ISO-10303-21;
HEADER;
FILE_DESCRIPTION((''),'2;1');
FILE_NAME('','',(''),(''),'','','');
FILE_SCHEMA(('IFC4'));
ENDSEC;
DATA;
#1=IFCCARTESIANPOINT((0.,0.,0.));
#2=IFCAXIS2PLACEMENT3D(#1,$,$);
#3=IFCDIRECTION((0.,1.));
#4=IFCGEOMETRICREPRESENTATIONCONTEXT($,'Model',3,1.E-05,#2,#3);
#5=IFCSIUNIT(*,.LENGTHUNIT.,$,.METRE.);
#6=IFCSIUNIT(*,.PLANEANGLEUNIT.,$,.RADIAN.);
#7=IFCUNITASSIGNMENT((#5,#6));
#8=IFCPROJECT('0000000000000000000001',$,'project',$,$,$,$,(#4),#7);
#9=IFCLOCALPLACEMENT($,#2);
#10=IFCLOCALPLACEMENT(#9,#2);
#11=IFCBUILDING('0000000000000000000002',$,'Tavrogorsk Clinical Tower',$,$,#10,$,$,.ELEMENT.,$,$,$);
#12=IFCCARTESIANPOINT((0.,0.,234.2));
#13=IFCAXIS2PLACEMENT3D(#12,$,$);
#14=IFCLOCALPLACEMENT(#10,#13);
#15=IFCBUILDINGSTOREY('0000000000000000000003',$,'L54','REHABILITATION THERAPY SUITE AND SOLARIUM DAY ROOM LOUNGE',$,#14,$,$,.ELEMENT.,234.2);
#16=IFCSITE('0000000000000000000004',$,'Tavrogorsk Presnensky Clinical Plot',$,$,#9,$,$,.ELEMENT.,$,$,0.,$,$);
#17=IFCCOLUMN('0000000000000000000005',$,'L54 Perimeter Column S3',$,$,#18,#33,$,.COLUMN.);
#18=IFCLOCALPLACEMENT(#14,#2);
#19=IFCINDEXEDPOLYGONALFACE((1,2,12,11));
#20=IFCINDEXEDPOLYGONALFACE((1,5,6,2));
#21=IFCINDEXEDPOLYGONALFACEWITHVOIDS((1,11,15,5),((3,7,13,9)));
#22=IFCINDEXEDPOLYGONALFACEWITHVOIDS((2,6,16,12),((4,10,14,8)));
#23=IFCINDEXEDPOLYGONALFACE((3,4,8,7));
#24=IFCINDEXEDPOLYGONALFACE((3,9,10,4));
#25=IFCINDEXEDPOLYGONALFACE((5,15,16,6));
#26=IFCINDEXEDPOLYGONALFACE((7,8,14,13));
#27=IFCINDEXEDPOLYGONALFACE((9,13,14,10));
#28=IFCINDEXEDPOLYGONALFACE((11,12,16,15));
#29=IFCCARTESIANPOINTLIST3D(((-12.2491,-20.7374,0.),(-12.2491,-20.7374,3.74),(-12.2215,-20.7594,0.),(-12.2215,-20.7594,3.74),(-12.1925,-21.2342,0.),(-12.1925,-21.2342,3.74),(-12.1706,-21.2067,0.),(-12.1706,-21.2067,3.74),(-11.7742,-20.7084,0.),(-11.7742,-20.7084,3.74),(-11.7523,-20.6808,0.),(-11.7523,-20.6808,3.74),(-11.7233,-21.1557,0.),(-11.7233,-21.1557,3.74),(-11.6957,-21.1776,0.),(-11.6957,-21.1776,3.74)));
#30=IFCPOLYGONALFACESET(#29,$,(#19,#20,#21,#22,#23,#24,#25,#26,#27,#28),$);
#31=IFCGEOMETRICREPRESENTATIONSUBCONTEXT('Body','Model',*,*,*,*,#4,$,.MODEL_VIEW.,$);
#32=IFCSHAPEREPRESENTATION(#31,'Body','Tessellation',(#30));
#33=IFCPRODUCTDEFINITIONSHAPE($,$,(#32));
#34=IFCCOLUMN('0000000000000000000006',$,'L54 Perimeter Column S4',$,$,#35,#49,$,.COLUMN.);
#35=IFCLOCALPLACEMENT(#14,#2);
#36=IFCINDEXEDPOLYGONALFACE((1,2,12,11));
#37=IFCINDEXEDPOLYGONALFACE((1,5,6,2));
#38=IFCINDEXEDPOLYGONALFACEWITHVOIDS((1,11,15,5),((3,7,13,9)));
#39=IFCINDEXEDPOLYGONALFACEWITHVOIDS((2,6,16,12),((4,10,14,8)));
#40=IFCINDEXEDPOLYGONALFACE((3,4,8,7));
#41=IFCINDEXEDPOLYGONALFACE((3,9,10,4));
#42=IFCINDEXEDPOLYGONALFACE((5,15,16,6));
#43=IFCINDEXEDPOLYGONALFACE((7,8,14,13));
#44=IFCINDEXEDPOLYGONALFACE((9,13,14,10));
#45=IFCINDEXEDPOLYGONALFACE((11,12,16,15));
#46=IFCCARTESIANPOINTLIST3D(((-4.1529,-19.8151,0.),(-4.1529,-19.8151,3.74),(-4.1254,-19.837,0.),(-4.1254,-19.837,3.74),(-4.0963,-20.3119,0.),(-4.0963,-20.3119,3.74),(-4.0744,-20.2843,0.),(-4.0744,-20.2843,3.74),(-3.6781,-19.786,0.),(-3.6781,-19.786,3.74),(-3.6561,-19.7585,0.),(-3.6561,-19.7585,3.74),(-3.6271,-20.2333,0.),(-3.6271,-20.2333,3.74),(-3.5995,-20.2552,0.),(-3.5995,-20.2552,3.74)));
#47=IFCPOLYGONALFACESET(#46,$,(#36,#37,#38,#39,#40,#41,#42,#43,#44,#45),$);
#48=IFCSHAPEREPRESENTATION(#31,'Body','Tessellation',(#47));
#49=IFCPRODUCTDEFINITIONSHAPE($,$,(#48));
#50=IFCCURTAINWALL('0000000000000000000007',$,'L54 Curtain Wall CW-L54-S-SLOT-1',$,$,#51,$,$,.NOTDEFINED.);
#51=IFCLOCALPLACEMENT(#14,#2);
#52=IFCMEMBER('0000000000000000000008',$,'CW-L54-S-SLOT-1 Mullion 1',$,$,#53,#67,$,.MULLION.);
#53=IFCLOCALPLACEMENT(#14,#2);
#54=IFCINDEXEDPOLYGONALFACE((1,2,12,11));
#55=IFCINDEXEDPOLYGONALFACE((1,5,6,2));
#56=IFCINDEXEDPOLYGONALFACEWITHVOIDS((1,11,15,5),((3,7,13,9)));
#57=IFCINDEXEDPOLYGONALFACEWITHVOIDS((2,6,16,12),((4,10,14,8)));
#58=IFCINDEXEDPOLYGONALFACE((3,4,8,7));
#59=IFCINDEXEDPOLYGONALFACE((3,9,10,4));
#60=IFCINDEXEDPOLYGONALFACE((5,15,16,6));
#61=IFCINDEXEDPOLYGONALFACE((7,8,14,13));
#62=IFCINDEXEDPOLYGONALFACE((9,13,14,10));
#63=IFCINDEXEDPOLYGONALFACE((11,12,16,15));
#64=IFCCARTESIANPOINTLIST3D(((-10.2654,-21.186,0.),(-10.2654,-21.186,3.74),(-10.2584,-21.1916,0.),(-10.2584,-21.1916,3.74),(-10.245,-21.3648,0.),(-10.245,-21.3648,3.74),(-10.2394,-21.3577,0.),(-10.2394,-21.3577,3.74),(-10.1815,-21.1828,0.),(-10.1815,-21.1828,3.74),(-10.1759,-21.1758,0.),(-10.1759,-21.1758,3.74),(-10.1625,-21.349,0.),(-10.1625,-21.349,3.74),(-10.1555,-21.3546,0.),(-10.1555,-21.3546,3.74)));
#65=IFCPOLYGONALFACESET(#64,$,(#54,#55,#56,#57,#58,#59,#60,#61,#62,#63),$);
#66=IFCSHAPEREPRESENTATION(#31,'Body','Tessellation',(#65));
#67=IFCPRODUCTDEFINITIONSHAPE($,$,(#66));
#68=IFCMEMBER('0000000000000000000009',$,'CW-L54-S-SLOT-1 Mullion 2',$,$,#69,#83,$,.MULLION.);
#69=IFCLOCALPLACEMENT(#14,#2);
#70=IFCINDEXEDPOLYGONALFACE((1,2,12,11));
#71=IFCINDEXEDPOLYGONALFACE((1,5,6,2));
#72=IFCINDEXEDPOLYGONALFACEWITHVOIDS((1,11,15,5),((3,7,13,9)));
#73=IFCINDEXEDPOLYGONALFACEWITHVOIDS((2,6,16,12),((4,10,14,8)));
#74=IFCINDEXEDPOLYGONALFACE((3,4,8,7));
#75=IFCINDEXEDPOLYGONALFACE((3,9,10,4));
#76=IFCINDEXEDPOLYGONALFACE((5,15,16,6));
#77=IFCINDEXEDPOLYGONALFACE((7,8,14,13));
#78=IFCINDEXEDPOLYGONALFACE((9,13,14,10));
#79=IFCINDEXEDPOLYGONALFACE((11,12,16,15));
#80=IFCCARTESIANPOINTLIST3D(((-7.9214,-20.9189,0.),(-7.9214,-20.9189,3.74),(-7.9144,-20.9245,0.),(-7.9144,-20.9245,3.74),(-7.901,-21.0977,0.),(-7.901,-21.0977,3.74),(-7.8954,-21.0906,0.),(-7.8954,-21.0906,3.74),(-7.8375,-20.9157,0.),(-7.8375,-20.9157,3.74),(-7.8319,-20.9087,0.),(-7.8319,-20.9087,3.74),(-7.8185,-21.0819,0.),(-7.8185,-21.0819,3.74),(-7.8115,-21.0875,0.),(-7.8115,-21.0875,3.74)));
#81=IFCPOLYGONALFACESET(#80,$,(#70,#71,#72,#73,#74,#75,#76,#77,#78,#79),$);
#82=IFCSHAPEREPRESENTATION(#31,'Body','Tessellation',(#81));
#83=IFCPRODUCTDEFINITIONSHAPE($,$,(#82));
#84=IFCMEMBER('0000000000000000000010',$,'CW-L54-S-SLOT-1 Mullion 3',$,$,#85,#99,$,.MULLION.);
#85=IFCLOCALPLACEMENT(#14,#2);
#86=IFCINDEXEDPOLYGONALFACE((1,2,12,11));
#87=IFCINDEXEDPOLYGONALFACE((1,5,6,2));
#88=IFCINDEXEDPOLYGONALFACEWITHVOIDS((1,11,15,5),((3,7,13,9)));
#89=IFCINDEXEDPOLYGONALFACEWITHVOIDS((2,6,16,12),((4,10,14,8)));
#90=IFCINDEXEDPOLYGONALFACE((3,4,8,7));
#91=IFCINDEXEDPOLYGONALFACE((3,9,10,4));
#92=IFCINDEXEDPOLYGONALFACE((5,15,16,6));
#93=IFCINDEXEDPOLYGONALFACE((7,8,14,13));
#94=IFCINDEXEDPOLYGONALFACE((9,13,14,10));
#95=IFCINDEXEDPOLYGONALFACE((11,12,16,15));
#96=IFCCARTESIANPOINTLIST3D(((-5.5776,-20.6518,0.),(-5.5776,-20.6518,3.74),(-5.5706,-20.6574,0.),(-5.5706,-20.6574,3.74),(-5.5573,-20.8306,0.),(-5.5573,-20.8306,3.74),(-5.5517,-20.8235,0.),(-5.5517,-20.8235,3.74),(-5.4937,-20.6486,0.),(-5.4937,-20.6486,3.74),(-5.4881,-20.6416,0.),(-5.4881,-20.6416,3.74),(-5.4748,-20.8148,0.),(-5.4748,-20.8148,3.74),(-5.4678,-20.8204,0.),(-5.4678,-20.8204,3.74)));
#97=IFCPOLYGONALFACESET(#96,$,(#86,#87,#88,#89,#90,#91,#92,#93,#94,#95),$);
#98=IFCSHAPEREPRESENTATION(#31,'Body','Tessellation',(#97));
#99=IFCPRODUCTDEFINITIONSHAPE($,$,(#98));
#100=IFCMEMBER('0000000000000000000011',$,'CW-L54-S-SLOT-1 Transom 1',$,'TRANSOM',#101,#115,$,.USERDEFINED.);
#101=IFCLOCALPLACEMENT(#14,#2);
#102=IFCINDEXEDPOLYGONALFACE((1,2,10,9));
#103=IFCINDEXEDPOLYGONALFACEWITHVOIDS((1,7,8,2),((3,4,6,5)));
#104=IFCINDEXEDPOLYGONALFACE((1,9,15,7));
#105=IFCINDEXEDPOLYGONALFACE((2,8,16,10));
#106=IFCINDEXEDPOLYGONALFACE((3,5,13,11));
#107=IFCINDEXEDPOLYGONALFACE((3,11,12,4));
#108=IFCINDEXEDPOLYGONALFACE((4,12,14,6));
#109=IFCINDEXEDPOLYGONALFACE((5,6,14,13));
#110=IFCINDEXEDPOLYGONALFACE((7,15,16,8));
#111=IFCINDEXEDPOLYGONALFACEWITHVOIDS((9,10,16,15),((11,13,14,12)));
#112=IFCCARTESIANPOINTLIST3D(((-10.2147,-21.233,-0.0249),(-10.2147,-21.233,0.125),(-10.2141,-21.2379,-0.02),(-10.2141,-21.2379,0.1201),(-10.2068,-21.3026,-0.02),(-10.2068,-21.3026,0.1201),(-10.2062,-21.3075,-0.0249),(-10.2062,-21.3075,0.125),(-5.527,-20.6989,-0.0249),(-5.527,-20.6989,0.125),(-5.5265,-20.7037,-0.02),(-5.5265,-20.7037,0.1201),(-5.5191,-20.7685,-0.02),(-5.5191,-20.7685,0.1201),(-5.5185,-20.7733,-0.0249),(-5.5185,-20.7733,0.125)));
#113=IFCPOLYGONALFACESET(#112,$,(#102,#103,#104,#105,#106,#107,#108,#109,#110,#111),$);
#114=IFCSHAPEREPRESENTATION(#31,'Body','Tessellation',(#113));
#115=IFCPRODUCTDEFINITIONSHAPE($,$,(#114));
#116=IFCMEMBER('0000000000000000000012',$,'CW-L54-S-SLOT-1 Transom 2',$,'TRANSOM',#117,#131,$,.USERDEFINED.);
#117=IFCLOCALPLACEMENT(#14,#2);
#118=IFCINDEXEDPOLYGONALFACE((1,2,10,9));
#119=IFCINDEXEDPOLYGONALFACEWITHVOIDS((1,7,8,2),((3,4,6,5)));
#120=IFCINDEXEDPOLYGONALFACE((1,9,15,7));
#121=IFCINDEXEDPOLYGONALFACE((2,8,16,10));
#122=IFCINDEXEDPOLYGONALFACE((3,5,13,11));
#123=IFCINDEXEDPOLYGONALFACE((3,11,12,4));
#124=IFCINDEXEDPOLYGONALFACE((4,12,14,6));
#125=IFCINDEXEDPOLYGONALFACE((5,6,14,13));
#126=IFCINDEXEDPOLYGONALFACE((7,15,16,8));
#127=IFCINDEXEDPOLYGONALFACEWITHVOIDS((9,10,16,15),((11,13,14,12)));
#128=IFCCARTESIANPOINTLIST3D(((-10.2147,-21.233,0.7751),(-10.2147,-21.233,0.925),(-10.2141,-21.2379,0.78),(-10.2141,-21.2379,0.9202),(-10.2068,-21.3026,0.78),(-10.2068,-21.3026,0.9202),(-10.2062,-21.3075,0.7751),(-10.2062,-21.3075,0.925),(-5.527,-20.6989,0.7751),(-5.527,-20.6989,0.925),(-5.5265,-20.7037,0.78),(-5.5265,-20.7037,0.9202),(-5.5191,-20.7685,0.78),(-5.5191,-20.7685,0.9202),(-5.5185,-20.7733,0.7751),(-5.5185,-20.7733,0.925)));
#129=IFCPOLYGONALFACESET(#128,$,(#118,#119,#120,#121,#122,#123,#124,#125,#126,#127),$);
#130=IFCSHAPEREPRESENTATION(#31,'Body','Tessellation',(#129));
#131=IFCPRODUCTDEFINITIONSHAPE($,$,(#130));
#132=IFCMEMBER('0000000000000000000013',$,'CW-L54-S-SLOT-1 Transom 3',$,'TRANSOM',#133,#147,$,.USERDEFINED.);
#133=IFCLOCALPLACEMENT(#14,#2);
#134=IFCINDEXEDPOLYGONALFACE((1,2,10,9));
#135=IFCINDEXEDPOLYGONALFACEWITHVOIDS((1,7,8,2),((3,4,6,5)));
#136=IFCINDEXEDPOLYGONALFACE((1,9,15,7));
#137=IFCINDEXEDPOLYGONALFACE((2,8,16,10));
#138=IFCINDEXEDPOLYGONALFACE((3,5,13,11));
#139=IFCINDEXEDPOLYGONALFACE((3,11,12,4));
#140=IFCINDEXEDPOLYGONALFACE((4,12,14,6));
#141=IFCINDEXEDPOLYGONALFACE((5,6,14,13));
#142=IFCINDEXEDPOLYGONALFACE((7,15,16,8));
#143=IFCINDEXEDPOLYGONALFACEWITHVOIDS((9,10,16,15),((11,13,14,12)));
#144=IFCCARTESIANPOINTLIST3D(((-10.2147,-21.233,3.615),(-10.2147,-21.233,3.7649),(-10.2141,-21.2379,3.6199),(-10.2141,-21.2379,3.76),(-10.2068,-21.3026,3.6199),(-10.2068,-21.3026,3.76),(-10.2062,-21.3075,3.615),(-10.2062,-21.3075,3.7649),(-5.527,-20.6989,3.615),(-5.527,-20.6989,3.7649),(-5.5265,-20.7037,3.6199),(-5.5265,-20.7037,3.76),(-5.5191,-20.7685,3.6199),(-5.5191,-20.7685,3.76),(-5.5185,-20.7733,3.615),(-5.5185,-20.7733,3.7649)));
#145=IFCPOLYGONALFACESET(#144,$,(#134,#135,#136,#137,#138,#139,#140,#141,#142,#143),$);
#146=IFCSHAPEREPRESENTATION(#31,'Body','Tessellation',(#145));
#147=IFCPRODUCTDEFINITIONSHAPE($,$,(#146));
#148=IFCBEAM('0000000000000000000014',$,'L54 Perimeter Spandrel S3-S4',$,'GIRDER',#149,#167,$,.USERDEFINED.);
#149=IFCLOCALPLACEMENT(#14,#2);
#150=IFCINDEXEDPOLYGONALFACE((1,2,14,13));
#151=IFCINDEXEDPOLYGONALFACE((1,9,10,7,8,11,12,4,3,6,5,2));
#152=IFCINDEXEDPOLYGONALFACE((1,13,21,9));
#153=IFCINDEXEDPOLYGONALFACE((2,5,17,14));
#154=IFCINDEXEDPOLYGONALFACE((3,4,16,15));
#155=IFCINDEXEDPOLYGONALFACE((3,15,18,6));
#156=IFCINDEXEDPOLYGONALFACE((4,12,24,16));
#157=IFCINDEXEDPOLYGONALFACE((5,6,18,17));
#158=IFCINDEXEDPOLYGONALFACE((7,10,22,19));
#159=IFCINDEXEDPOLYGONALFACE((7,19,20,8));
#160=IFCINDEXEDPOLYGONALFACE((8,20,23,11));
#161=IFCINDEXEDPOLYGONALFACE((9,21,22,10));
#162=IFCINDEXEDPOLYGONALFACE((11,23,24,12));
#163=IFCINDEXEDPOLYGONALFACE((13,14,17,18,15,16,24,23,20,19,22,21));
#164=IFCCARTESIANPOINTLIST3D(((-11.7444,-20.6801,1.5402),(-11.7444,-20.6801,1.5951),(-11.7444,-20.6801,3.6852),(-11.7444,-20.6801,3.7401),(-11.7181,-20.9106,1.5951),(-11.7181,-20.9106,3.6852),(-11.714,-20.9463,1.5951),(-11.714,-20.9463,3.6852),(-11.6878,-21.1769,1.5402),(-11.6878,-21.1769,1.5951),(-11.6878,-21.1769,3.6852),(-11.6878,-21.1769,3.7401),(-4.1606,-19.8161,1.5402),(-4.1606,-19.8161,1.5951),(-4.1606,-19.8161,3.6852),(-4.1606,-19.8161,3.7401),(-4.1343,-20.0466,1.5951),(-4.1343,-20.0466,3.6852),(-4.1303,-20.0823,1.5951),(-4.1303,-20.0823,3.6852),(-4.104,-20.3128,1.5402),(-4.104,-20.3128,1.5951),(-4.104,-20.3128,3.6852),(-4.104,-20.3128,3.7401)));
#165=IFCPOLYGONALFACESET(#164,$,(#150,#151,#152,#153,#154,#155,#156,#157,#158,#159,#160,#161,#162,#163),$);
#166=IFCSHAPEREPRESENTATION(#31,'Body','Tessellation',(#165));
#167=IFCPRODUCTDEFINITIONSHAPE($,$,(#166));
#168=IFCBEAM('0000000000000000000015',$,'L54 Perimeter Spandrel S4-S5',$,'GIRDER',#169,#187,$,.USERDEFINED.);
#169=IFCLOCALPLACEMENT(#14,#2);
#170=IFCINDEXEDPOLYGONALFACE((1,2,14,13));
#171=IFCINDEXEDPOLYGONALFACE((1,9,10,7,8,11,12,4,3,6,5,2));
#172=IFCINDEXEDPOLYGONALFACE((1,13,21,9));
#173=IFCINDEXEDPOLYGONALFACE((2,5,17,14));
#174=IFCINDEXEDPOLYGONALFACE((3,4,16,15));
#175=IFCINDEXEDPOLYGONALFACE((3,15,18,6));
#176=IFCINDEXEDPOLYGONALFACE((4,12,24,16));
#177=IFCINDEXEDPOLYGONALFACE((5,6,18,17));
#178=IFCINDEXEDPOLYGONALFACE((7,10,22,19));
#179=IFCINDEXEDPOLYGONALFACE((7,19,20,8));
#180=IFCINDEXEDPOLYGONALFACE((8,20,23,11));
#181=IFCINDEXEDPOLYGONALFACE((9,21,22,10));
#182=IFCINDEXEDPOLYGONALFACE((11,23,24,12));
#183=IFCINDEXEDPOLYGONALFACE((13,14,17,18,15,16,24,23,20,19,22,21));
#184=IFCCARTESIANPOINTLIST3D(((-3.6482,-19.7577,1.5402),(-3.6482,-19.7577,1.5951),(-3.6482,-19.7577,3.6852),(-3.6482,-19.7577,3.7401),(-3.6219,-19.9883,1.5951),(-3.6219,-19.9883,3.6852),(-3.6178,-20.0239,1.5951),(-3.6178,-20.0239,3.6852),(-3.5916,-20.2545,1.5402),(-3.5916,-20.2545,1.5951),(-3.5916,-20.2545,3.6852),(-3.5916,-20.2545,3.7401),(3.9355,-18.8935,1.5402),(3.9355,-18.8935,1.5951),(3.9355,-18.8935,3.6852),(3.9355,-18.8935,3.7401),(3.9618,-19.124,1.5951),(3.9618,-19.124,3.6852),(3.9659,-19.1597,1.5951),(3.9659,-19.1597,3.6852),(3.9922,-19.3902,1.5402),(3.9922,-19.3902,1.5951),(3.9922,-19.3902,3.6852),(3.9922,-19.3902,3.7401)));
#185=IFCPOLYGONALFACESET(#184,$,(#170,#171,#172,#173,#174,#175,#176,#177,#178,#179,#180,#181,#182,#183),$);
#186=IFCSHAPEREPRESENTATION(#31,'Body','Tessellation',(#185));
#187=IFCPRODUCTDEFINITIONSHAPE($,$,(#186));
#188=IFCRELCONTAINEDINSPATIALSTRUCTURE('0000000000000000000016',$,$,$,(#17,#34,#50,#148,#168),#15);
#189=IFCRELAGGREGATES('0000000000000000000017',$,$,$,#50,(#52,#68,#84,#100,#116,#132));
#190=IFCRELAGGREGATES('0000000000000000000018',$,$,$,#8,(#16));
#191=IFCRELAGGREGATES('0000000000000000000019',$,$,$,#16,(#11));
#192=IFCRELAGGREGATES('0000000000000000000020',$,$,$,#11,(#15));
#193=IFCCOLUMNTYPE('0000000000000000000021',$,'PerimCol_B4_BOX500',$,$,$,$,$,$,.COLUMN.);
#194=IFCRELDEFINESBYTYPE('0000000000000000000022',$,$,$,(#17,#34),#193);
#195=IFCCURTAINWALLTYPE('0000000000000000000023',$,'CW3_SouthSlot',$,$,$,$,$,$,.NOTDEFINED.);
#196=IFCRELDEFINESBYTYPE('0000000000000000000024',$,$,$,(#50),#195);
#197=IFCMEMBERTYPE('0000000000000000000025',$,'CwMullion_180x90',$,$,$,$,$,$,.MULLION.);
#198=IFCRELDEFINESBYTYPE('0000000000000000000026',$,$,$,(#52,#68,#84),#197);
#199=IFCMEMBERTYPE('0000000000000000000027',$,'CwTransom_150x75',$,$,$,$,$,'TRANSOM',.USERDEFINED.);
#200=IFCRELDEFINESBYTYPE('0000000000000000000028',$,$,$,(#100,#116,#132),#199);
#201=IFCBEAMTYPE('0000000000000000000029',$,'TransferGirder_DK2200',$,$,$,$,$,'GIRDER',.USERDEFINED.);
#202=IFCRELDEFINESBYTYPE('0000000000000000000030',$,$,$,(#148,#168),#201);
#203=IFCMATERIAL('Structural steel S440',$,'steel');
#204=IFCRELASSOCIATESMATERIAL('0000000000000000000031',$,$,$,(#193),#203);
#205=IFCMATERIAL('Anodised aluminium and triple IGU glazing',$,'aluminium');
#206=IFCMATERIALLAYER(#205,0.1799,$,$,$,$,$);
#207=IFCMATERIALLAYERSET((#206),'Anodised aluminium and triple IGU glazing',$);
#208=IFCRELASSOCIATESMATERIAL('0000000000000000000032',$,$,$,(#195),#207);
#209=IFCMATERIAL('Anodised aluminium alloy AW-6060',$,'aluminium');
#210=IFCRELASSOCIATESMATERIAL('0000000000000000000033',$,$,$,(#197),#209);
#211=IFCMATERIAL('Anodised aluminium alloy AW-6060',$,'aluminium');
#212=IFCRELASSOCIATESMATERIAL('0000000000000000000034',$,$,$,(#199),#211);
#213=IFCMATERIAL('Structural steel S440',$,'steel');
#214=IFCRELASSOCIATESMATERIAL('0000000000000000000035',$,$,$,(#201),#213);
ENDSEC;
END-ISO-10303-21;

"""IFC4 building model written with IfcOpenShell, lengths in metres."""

from ifc_helpers import new_model, si_unit, direction, frame, origin, origin_2d, place, context, subcontext, project, spatial, hollow_rectangle, i_section, extrude, material, layer, layer_set, material_profile, profile_set, type_object, element, aggregate, save


model = new_model("IFC4")

# Units and contexts
model_context = context("Model", 3, precision=1e-05, world=origin(), true_north=direction((0.0, 1.0)))
body_context = subcontext(model_context, "Body", "Model", "MODEL_VIEW")
ifc_project = project(units=[si_unit("LENGTHUNIT", "METRE"), si_unit("PLANEANGLEUNIT", "RADIAN")], contexts=[model_context])

# Site, building, storey
site_placement = place(None, origin())
site = spatial("IfcSite", under=ifc_project, at=site_placement, Name="Tavrogorsk Presnensky Clinical Plot", CompositionType="ELEMENT", RefElevation=0.0)
building_placement = place(site_placement, origin())
building = spatial("IfcBuilding", under=site, at=building_placement, Name="Tavrogorsk Clinical Tower", CompositionType="ELEMENT")
storey_placement = place(building_placement, frame((0.0, 0.0, 234.2)))
storey = spatial("IfcBuildingStorey", under=building, at=storey_placement, Name="L54", Description="REHABILITATION THERAPY SUITE AND SOLARIUM DAY ROOM LOUNGE", CompositionType="ELEMENT", Elevation=234.2)

# Columns
ifc_material_1 = material(Name="Structural steel S440", Category="steel")
ifc_material_profile_1 = material_profile(ifc_material_1, hollow_rectangle(XDim=0.5, YDim=0.5, WallThickness=0.0249, at=origin_2d()), Name="BOX-500x500x25")
ifc_profile_set_1 = profile_set([ifc_material_profile_1], Name="Structural steel S440")
column_type = type_object("IfcColumnType", Name="PerimCol_B4_BOX500", PredefinedType="COLUMN", material=ifc_profile_set_1)
for number, where, z_axis, x_axis, name in (
    (1, (-11.9724, -20.9575, 0.0), (0.0, 0.0, 1.0), (0.993572, 0.113203, 0.0), "L54 Perimeter Column S3"),
    (2, (-3.8762, -20.0352, 0.0), (0.0, 0.0, 1.0), (0.993572, 0.113203, 0.0), "L54 Perimeter Column S4"),
):
    element("IfcColumn", number, at=place(storey_placement, frame(where, z_axis=z_axis, x_axis=x_axis)), inside=storey, type_object=column_type, Name=name, PredefinedType="COLUMN", context=body_context, shape_type="SweptSolid", body=[
        extrude(hollow_rectangle(XDim=0.5, YDim=0.5, WallThickness=0.0249, at=origin_2d()), origin(), (0.0, 0.0, 1.0), 3.74),
    ])

# Curtain wall, members
ifc_material_2 = material(Name="Anodised aluminium and triple IGU glazing", Category="aluminium")
ifc_layer_1 = layer(ifc_material_2, 0.1799)
ifc_layer_set_1 = layer_set([ifc_layer_1], Name="Anodised aluminium and triple IGU glazing")
curtain_wall_type = type_object("IfcCurtainWallType", Name="CW3_SouthSlot", PredefinedType="NOTDEFINED", material=ifc_layer_set_1)
curtain_wall_placement = place(storey_placement, origin())
curtain_wall = element("IfcCurtainWall", 3, at=curtain_wall_placement, inside=storey, type_object=curtain_wall_type, Name="L54 Curtain Wall CW-L54-S-SLOT-1", PredefinedType="NOTDEFINED")
ifc_material_3 = material(Name="Anodised aluminium alloy AW-6060", Category="aluminium")
ifc_material_profile_2 = material_profile(ifc_material_3, hollow_rectangle(XDim=0.0901, YDim=0.1799, WallThickness=0.0063, at=origin_2d()), Name="RHS-180x90x6.3")
ifc_profile_set_2 = profile_set([ifc_material_profile_2], Name="Anodised aluminium alloy AW-6060")
member_type_1 = type_object("IfcMemberType", Name="CwMullion_180x90", PredefinedType="MULLION", material=ifc_profile_set_2)
member_1_placement = place(storey_placement, frame((-10.2104, -21.2703, 0.0), z_axis=(0.0, 0.0, 1.0), x_axis=(0.993572, 0.113203, 0.0)))
member_1 = element("IfcMember", 4, at=member_1_placement, type_object=member_type_1, Name="CW-L54-S-SLOT-1 Mullion 1", PredefinedType="MULLION", context=body_context, shape_type="SweptSolid", body=[
    extrude(hollow_rectangle(XDim=0.0901, YDim=0.1799, WallThickness=0.0063, at=origin_2d()), origin(), (0.0, 0.0, 1.0), 3.74),
])
member_2_placement = place(storey_placement, frame((-7.8665, -21.0032, 0.0), z_axis=(0.0, 0.0, 1.0), x_axis=(0.993572, 0.113203, 0.0)))
member_2 = element("IfcMember", 5, at=member_2_placement, type_object=member_type_1, Name="CW-L54-S-SLOT-1 Mullion 2", PredefinedType="MULLION", context=body_context, shape_type="SweptSolid", body=[
    extrude(hollow_rectangle(XDim=0.0901, YDim=0.1799, WallThickness=0.0063, at=origin_2d()), origin(), (0.0, 0.0, 1.0), 3.74),
])
member_3_placement = place(storey_placement, frame((-5.5227, -20.7361, 0.0), z_axis=(0.0, 0.0, 1.0), x_axis=(0.993572, 0.113203, 0.0)))
member_3 = element("IfcMember", 6, at=member_3_placement, type_object=member_type_1, Name="CW-L54-S-SLOT-1 Mullion 3", PredefinedType="MULLION", context=body_context, shape_type="SweptSolid", body=[
    extrude(hollow_rectangle(XDim=0.0901, YDim=0.1799, WallThickness=0.0063, at=origin_2d()), origin(), (0.0, 0.0, 1.0), 3.74),
])
ifc_material_4 = material(Name="Anodised aluminium alloy AW-6060", Category="aluminium")
ifc_material_profile_3 = material_profile(ifc_material_4, hollow_rectangle(XDim=0.075, YDim=0.1499, WallThickness=0.0049, at=origin_2d()), Name="RHS-150x75x5")
ifc_profile_set_3 = profile_set([ifc_material_profile_3], Name="Anodised aluminium alloy AW-6060")
member_type_2 = type_object("IfcMemberType", Name="CwTransom_150x75", ElementType="TRANSOM", PredefinedType="USERDEFINED", material=ifc_profile_set_3)
member_4_placement = place(storey_placement, frame((-10.2104, -21.2703, 0.05), z_axis=(0.99357, 0.11322, 0.0), x_axis=(-0.11322, 0.99357, 0.0)))
member_4 = element("IfcMember", 7, at=member_4_placement, type_object=member_type_2, Name="CW-L54-S-SLOT-1 Transom 1", ObjectType="TRANSOM", PredefinedType="USERDEFINED", context=body_context, shape_type="SweptSolid", body=[
    extrude(hollow_rectangle(XDim=0.075, YDim=0.1499, WallThickness=0.0049, at=origin_2d()), origin(), (0.0, 0.0, 1.0), 4.718),
])
member_5_placement = place(storey_placement, frame((-10.2104, -21.2703, 0.8501), z_axis=(0.99357, 0.11322, 0.0), x_axis=(-0.11322, 0.99357, 0.0)))
member_5 = element("IfcMember", 8, at=member_5_placement, type_object=member_type_2, Name="CW-L54-S-SLOT-1 Transom 2", ObjectType="TRANSOM", PredefinedType="USERDEFINED", context=body_context, shape_type="SweptSolid", body=[
    extrude(hollow_rectangle(XDim=0.075, YDim=0.1499, WallThickness=0.0049, at=origin_2d()), origin(), (0.0, 0.0, 1.0), 4.718),
])
member_6_placement = place(storey_placement, frame((-10.2104, -21.2703, 3.6899), z_axis=(0.99357, 0.11322, 0.0), x_axis=(-0.11322, 0.99357, 0.0)))
member_6 = element("IfcMember", 9, at=member_6_placement, type_object=member_type_2, Name="CW-L54-S-SLOT-1 Transom 3", ObjectType="TRANSOM", PredefinedType="USERDEFINED", context=body_context, shape_type="SweptSolid", body=[
    extrude(hollow_rectangle(XDim=0.075, YDim=0.1499, WallThickness=0.0049, at=origin_2d()), origin(), (0.0, 0.0, 1.0), 4.718),
])

# Beams
ifc_material_5 = material(Name="Structural steel S440", Category="steel")
ifc_material_profile_4 = material_profile(ifc_material_5, i_section(OverallWidth=0.5, OverallDepth=2.2, WebThickness=0.0359, FlangeThickness=0.0549, at=origin_2d()), Name="DK-2200x500x36x55")
ifc_profile_set_4 = profile_set([ifc_material_profile_4], Name="Structural steel S440")
beam_type = type_object("IfcBeamType", Name="TransferGirder_DK2200", ElementType="GIRDER", PredefinedType="USERDEFINED", material=ifc_profile_set_4)
for number, where, z_axis, x_axis, name in (
    (10, (-11.7161, -20.9285, 2.6401), (0.993573, 0.113197, 0.0), (-0.113197, 0.993573, 0.0), "L54 Perimeter Spandrel S3-S4"),
    (11, (-3.6199, -20.0061, 2.6401), (0.993569, 0.113229, 0.0), (-0.113229, 0.993569, 0.0), "L54 Perimeter Spandrel S4-S5"),
):
    element("IfcBeam", number, at=place(storey_placement, frame(where, z_axis=z_axis, x_axis=x_axis)), inside=storey, type_object=beam_type, Name=name, ObjectType="GIRDER", PredefinedType="USERDEFINED", context=body_context, shape_type="SweptSolid", body=[
        extrude(i_section(OverallWidth=0.5, OverallDepth=2.2, WebThickness=0.0359, FlangeThickness=0.0549, at=origin_2d()), origin(), (0.0, 0.0, 1.0), 7.6328),
    ])

aggregate(curtain_wall, [member_1, member_2, member_3, member_4, member_5, member_6])

save(model, "model.ifc")
